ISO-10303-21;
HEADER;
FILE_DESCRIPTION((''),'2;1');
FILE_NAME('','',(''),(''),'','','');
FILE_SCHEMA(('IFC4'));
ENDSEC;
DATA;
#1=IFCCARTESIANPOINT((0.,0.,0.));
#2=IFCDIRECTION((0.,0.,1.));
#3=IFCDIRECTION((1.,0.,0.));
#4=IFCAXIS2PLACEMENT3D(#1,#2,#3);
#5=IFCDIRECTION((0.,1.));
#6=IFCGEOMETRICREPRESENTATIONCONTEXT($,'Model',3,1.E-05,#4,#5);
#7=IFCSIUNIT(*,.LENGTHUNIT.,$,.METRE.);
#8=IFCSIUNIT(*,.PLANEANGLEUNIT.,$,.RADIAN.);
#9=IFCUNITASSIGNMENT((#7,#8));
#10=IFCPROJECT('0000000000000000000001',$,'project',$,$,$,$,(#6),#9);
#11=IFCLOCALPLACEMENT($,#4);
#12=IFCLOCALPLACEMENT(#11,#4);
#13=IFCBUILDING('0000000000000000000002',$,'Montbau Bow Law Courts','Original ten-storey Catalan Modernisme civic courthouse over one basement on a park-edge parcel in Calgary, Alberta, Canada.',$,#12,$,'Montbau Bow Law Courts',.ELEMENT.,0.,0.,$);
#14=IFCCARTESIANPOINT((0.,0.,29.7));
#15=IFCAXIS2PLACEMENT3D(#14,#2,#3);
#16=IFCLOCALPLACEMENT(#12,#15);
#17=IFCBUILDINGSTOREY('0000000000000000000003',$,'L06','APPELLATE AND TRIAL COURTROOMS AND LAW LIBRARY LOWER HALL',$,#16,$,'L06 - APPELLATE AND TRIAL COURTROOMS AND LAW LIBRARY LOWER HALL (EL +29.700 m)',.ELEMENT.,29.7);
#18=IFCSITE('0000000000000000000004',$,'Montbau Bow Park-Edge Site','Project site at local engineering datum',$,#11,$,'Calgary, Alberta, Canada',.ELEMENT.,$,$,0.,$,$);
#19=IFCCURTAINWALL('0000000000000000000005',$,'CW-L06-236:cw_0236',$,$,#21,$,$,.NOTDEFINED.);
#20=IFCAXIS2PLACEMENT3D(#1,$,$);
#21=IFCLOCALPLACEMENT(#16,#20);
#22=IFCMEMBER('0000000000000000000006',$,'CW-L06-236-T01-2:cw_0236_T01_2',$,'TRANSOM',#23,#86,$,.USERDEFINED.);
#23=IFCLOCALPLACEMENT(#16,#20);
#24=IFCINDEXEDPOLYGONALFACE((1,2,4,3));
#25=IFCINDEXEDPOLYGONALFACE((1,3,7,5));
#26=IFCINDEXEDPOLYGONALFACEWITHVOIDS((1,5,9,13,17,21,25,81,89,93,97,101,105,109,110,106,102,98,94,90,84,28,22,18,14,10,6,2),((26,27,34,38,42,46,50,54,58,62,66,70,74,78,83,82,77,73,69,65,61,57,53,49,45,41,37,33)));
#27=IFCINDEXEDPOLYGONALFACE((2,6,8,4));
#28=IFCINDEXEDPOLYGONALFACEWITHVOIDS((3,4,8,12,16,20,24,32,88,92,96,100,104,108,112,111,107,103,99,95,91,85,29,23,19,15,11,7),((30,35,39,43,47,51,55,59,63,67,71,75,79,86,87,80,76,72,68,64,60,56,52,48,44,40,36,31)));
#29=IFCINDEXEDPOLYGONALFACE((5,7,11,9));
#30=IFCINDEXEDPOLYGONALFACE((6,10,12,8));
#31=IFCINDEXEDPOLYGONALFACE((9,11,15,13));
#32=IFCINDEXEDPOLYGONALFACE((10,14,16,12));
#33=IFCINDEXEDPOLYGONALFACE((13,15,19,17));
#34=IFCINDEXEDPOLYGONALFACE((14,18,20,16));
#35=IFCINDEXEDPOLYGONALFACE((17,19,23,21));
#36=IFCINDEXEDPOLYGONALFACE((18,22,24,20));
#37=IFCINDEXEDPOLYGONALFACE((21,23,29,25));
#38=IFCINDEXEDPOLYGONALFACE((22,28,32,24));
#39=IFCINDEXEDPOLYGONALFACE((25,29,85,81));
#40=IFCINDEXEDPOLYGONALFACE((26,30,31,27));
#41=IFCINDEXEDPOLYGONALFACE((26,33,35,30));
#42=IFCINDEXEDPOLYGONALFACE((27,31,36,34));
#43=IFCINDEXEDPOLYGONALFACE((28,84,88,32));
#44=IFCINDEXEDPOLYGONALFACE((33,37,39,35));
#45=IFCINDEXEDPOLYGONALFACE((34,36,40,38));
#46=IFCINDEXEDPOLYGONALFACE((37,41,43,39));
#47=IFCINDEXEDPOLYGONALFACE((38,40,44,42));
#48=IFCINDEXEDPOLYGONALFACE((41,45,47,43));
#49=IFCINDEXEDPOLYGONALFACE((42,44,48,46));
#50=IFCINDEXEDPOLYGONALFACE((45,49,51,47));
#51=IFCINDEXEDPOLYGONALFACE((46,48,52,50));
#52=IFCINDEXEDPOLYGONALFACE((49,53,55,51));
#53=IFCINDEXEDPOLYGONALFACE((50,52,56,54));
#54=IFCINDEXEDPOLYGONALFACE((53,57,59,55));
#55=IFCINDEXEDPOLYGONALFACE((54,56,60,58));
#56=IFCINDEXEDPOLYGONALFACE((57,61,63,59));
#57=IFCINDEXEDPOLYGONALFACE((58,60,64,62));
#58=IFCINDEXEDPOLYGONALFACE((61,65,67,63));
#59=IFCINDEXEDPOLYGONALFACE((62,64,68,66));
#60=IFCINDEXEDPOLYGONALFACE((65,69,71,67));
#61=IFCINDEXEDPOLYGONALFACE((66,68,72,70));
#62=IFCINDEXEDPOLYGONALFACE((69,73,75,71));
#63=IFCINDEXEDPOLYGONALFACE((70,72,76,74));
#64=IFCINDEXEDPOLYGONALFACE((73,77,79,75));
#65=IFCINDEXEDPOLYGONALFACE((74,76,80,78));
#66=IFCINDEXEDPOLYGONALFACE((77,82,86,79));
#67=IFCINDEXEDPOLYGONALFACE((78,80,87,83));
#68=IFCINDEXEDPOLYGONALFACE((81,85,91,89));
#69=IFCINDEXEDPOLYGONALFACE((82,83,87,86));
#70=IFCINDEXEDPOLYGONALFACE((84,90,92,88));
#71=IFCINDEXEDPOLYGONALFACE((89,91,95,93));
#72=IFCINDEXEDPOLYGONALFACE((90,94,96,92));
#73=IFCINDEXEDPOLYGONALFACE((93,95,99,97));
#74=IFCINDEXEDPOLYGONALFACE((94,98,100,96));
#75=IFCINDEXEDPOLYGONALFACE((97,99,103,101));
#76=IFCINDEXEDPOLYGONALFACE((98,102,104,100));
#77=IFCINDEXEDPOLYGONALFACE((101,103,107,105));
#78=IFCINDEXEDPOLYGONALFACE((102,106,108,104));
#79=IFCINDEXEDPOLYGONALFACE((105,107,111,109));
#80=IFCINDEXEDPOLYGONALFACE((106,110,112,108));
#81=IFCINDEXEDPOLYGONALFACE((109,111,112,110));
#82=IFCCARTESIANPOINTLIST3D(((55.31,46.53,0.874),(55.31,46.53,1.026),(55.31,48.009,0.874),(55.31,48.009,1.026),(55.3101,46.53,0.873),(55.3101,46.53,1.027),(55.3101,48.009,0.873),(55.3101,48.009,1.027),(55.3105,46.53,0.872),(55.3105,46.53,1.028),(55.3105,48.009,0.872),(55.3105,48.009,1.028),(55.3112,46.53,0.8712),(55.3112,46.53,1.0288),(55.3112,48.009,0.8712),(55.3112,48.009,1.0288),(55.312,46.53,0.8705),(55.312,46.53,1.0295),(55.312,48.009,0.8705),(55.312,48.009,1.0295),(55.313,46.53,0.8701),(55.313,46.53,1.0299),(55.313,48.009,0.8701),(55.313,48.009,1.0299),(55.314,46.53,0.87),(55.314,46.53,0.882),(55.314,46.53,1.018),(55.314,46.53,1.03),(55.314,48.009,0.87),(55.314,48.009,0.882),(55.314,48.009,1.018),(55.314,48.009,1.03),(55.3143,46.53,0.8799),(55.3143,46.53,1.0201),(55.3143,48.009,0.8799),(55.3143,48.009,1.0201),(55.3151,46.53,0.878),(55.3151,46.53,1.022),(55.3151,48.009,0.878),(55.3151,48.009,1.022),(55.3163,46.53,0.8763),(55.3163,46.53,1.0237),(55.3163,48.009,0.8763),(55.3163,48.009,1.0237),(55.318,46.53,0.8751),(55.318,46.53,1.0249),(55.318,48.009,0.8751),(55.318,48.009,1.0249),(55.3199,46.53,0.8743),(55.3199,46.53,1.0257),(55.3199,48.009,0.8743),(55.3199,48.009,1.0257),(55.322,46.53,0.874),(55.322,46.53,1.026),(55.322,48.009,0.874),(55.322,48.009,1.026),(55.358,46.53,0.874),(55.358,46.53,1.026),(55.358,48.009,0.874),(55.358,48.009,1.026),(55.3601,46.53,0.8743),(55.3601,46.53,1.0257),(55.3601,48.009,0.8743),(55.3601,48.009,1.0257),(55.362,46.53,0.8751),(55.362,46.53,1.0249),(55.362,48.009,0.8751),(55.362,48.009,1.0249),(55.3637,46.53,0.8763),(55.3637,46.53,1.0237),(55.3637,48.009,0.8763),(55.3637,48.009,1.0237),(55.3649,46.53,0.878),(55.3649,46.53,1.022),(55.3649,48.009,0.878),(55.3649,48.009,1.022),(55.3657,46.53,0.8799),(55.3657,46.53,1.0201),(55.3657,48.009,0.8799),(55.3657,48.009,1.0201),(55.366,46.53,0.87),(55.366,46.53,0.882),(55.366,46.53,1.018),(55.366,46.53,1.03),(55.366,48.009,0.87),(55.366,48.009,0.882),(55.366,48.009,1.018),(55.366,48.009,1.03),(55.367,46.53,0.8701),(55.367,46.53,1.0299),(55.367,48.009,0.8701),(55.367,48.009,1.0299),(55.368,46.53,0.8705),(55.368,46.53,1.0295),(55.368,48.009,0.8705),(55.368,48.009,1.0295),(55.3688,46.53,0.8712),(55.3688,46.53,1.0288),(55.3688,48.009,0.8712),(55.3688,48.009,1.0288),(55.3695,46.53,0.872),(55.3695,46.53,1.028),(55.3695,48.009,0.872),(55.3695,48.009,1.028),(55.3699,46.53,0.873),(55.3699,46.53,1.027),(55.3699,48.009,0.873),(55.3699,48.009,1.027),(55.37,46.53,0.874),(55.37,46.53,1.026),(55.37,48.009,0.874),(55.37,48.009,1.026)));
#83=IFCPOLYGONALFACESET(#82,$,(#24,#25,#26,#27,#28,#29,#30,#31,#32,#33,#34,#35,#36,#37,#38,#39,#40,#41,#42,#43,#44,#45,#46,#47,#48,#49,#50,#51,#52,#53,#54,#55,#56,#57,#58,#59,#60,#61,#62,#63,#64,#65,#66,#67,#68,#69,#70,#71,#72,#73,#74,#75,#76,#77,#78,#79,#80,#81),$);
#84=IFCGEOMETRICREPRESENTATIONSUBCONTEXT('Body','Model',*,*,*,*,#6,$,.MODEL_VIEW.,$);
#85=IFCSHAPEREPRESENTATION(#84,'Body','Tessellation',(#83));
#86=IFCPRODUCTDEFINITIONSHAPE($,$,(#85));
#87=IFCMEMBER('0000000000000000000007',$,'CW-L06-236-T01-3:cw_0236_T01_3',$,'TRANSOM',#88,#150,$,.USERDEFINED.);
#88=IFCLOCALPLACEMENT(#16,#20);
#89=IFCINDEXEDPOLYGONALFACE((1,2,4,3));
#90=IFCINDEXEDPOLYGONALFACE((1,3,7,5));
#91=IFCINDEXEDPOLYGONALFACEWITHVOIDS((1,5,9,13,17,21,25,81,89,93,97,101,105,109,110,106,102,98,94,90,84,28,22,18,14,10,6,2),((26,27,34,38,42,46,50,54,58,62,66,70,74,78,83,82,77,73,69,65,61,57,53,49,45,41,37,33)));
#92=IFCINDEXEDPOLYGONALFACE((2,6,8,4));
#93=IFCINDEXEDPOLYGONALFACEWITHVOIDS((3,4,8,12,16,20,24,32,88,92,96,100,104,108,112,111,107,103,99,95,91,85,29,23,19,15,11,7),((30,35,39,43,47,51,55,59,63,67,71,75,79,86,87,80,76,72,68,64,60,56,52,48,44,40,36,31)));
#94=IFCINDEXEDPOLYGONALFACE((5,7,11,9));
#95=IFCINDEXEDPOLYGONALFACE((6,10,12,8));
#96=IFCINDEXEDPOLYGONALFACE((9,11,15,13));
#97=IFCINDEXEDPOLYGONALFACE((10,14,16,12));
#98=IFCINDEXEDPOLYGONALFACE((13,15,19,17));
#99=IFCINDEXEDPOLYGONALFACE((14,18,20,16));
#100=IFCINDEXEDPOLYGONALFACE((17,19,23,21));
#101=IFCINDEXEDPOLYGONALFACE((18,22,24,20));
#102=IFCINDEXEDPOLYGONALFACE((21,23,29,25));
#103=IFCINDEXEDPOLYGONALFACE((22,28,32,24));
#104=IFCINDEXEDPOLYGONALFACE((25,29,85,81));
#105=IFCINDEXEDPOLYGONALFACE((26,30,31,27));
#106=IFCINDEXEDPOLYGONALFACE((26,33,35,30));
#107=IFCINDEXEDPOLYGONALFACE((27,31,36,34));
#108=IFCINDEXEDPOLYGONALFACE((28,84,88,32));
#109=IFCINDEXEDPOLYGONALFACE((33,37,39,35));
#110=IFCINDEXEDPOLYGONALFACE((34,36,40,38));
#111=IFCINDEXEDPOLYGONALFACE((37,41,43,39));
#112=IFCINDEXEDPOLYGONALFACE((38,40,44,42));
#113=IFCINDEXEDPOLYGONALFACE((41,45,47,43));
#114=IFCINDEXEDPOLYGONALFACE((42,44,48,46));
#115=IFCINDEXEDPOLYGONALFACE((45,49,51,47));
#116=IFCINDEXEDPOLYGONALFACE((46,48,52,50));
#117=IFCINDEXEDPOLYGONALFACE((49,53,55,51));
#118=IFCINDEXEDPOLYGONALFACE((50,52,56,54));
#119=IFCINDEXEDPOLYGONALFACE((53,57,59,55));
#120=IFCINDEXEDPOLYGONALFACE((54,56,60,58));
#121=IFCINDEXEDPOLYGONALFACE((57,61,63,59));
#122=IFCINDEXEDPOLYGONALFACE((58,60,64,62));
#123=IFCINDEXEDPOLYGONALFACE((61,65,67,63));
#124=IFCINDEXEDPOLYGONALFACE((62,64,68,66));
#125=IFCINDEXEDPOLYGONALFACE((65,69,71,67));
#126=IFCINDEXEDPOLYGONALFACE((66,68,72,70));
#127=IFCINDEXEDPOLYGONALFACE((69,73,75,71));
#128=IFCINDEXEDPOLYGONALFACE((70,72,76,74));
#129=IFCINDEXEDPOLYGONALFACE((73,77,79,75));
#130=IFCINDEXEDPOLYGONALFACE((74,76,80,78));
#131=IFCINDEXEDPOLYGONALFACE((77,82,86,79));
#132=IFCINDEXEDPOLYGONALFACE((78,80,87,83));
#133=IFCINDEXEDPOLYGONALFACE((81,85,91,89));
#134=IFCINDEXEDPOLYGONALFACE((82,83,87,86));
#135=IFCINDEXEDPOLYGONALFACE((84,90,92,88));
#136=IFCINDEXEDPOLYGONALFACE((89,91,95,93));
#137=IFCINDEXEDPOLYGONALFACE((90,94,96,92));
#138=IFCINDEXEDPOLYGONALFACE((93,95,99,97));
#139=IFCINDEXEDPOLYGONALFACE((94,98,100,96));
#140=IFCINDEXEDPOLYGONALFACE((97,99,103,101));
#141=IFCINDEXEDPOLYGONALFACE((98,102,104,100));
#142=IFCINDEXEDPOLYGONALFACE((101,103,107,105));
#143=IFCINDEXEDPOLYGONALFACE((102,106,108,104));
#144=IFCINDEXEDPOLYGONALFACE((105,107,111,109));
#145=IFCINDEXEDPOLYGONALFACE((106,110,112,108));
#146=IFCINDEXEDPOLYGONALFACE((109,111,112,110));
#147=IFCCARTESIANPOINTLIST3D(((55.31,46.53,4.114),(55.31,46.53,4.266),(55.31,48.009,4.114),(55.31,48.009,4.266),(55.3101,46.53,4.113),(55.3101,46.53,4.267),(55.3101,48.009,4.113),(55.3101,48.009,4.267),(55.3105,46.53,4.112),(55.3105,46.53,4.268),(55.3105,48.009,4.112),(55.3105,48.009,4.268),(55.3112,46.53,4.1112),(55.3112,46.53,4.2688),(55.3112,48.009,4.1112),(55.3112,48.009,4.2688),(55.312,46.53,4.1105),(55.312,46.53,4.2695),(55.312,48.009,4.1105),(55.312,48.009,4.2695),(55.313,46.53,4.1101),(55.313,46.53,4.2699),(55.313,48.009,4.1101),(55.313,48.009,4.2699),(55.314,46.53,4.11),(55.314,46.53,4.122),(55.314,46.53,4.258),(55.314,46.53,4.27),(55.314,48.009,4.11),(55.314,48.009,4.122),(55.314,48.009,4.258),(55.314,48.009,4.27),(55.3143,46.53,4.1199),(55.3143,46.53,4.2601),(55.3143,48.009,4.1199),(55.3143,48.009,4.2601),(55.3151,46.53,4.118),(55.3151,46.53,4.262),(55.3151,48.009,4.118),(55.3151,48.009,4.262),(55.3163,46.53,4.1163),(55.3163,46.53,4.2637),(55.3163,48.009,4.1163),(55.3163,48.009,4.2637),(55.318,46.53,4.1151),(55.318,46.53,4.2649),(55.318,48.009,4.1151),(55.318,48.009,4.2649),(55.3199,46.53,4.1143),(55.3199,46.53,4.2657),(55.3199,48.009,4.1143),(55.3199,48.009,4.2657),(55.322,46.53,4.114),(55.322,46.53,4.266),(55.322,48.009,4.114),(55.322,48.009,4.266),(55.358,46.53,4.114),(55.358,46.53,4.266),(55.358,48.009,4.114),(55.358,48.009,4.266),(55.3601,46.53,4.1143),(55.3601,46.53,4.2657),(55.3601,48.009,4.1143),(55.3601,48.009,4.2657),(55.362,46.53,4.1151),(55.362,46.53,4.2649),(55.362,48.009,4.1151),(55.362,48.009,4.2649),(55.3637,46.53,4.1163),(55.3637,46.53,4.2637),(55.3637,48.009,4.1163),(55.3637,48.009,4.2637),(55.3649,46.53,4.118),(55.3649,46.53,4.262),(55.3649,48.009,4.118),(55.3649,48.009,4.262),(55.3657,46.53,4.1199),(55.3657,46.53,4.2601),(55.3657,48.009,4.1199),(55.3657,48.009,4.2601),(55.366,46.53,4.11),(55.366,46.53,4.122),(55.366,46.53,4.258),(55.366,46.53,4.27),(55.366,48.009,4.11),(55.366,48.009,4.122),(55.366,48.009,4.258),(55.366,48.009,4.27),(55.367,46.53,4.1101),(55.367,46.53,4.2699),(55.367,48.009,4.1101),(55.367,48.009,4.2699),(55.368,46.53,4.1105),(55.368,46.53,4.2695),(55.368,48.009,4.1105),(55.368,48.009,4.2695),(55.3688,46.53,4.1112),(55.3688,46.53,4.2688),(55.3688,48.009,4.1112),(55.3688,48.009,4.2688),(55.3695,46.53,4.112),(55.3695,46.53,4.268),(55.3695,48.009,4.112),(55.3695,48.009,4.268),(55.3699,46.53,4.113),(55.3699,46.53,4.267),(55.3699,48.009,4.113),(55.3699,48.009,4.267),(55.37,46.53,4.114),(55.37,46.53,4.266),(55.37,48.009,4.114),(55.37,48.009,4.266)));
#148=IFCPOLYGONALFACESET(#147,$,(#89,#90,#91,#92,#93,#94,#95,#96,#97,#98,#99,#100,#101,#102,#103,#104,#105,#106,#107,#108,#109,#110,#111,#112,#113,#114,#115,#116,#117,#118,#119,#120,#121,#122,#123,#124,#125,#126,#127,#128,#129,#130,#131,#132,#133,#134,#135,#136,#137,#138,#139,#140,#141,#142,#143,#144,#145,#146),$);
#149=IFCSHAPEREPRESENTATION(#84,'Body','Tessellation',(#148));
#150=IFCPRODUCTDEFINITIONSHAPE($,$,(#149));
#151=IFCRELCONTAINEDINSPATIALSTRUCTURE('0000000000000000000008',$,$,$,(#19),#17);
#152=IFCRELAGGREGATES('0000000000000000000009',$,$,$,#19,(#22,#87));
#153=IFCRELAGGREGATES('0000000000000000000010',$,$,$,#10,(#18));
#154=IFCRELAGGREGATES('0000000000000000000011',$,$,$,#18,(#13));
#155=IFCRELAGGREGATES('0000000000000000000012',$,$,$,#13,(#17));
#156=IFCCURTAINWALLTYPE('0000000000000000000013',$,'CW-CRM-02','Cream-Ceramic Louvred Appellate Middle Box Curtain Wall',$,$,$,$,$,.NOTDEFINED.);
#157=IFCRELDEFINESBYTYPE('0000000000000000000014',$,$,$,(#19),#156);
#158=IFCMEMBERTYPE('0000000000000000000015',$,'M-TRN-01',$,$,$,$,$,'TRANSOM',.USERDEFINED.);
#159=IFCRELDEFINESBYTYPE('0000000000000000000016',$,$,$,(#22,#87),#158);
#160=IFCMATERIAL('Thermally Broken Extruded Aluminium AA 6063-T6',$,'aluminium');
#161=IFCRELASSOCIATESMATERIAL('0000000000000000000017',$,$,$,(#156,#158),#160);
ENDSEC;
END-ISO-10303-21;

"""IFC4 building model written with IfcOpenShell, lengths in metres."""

from ifc_helpers import new_model, si_unit, direction, frame, origin_with_axes, origin_2d_with_axis, place, context, subcontext, project, spatial, hollow_rectangle, extrude, material, material_profile, profile_set, type_object, element, aggregate, save


model = new_model("IFC4")

# Units and contexts
model_context = context("Model", 3, precision=1e-05, world=origin_with_axes(), true_north=direction((0.0, 1.0)))
body_context = subcontext(model_context, "Body", "Model", "MODEL_VIEW")
ifc_project = project(units=[si_unit("LENGTHUNIT", "METRE"), si_unit("PLANEANGLEUNIT", "RADIAN")], contexts=[model_context])

# Site, building, storey
site_placement = place(None, origin_with_axes())
site = spatial("IfcSite", under=ifc_project, at=site_placement, Name="Montbau Bow Park-Edge Site", Description="Project site at local engineering datum", LongName="Calgary, Alberta, Canada", CompositionType="ELEMENT", RefElevation=0.0)
building_placement = place(site_placement, origin_with_axes())
building = spatial("IfcBuilding", under=site, at=building_placement, Name="Montbau Bow Law Courts", Description="Original ten-storey Catalan Modernisme civic courthouse over one basement on a park-edge parcel in Calgary, Alberta, Canada.", LongName="Montbau Bow Law Courts", CompositionType="ELEMENT", ElevationOfRefHeight=0.0, ElevationOfTerrain=0.0)
storey_placement = place(building_placement, frame((0.0, 0.0, 29.7), z_axis=(0.0, 0.0, 1.0), x_axis=(1.0, 0.0, 0.0)))
storey = spatial("IfcBuildingStorey", under=building, at=storey_placement, Name="L06", Description="APPELLATE AND TRIAL COURTROOMS AND LAW LIBRARY LOWER HALL", LongName="L06 - APPELLATE AND TRIAL COURTROOMS AND LAW LIBRARY LOWER HALL (EL +29.700 m)", CompositionType="ELEMENT", Elevation=29.7)

# Shared definitions
ifc_material_1 = material(Name="Thermally Broken Extruded Aluminium AA 6063-T6", Category="aluminium")
curtain_wall_type = type_object("IfcCurtainWallType", Name="CW-CRM-02", Description="Cream-Ceramic Louvred Appellate Middle Box Curtain Wall", PredefinedType="NOTDEFINED", material=ifc_material_1)

# Curtain wall, members
curtain_wall_1_placement = place(None, frame((55.34, 46.468, 29.7), z_axis=(0.0, 0.0, 1.0), x_axis=(1.0, 0.0, 0.0)))
curtain_wall_1 = element("IfcCurtainWall", 1, at=curtain_wall_1_placement, inside=storey, type_object=curtain_wall_type, Name="CW-L06-236:cw_0236", PredefinedType="NOTDEFINED")
ifc_material_profile_1 = material_profile(ifc_material_1, hollow_rectangle(XDim=0.06, YDim=0.16, WallThickness=0.004, InnerFilletRadius=0.008, OuterFilletRadius=0.004, at=origin_2d_with_axis()), Name="CWT-160X60", Category="Main", Priority=0)
ifc_profile_set_1 = profile_set([ifc_material_profile_1], Name="Thermally Broken Extruded Aluminium AA 6063-T6")
member_type_1 = type_object("IfcMemberType", Name="M-TRN-01", ElementType="TRANSOM", PredefinedType="USERDEFINED", material=ifc_profile_set_1)
member_1_placement = place(None, frame((55.34, 46.53, 30.65), z_axis=(0.0, 1.0, 0.0), x_axis=(-1.0, 0.0, 0.0)))
member_1 = element("IfcMember", 2, at=member_1_placement, type_object=member_type_1, Name="CW-L06-236-T01-2:cw_0236_T01_2", ObjectType="TRANSOM", PredefinedType="USERDEFINED", context=body_context, shape_type="SweptSolid", body=[
    extrude(hollow_rectangle(XDim=0.06, YDim=0.16, WallThickness=0.004, InnerFilletRadius=0.008, OuterFilletRadius=0.004, at=origin_2d_with_axis()), origin_with_axes(), (0.0, 0.0, 1.0), 1.479),
])
member_2_placement = place(None, frame((55.34, 46.53, 33.89), z_axis=(0.0, 1.0, 0.0), x_axis=(-1.0, 0.0, 0.0)))
member_2 = element("IfcMember", 3, at=member_2_placement, type_object=member_type_1, Name="CW-L06-236-T01-3:cw_0236_T01_3", ObjectType="TRANSOM", PredefinedType="USERDEFINED", context=body_context, shape_type="SweptSolid", body=[
    extrude(hollow_rectangle(XDim=0.06, YDim=0.16, WallThickness=0.004, InnerFilletRadius=0.008, OuterFilletRadius=0.004, at=origin_2d_with_axis()), origin_with_axes(), (0.0, 0.0, 1.0), 1.479),
])

aggregate(curtain_wall_1, [member_1, member_2])

save(model, "model.ifc")
